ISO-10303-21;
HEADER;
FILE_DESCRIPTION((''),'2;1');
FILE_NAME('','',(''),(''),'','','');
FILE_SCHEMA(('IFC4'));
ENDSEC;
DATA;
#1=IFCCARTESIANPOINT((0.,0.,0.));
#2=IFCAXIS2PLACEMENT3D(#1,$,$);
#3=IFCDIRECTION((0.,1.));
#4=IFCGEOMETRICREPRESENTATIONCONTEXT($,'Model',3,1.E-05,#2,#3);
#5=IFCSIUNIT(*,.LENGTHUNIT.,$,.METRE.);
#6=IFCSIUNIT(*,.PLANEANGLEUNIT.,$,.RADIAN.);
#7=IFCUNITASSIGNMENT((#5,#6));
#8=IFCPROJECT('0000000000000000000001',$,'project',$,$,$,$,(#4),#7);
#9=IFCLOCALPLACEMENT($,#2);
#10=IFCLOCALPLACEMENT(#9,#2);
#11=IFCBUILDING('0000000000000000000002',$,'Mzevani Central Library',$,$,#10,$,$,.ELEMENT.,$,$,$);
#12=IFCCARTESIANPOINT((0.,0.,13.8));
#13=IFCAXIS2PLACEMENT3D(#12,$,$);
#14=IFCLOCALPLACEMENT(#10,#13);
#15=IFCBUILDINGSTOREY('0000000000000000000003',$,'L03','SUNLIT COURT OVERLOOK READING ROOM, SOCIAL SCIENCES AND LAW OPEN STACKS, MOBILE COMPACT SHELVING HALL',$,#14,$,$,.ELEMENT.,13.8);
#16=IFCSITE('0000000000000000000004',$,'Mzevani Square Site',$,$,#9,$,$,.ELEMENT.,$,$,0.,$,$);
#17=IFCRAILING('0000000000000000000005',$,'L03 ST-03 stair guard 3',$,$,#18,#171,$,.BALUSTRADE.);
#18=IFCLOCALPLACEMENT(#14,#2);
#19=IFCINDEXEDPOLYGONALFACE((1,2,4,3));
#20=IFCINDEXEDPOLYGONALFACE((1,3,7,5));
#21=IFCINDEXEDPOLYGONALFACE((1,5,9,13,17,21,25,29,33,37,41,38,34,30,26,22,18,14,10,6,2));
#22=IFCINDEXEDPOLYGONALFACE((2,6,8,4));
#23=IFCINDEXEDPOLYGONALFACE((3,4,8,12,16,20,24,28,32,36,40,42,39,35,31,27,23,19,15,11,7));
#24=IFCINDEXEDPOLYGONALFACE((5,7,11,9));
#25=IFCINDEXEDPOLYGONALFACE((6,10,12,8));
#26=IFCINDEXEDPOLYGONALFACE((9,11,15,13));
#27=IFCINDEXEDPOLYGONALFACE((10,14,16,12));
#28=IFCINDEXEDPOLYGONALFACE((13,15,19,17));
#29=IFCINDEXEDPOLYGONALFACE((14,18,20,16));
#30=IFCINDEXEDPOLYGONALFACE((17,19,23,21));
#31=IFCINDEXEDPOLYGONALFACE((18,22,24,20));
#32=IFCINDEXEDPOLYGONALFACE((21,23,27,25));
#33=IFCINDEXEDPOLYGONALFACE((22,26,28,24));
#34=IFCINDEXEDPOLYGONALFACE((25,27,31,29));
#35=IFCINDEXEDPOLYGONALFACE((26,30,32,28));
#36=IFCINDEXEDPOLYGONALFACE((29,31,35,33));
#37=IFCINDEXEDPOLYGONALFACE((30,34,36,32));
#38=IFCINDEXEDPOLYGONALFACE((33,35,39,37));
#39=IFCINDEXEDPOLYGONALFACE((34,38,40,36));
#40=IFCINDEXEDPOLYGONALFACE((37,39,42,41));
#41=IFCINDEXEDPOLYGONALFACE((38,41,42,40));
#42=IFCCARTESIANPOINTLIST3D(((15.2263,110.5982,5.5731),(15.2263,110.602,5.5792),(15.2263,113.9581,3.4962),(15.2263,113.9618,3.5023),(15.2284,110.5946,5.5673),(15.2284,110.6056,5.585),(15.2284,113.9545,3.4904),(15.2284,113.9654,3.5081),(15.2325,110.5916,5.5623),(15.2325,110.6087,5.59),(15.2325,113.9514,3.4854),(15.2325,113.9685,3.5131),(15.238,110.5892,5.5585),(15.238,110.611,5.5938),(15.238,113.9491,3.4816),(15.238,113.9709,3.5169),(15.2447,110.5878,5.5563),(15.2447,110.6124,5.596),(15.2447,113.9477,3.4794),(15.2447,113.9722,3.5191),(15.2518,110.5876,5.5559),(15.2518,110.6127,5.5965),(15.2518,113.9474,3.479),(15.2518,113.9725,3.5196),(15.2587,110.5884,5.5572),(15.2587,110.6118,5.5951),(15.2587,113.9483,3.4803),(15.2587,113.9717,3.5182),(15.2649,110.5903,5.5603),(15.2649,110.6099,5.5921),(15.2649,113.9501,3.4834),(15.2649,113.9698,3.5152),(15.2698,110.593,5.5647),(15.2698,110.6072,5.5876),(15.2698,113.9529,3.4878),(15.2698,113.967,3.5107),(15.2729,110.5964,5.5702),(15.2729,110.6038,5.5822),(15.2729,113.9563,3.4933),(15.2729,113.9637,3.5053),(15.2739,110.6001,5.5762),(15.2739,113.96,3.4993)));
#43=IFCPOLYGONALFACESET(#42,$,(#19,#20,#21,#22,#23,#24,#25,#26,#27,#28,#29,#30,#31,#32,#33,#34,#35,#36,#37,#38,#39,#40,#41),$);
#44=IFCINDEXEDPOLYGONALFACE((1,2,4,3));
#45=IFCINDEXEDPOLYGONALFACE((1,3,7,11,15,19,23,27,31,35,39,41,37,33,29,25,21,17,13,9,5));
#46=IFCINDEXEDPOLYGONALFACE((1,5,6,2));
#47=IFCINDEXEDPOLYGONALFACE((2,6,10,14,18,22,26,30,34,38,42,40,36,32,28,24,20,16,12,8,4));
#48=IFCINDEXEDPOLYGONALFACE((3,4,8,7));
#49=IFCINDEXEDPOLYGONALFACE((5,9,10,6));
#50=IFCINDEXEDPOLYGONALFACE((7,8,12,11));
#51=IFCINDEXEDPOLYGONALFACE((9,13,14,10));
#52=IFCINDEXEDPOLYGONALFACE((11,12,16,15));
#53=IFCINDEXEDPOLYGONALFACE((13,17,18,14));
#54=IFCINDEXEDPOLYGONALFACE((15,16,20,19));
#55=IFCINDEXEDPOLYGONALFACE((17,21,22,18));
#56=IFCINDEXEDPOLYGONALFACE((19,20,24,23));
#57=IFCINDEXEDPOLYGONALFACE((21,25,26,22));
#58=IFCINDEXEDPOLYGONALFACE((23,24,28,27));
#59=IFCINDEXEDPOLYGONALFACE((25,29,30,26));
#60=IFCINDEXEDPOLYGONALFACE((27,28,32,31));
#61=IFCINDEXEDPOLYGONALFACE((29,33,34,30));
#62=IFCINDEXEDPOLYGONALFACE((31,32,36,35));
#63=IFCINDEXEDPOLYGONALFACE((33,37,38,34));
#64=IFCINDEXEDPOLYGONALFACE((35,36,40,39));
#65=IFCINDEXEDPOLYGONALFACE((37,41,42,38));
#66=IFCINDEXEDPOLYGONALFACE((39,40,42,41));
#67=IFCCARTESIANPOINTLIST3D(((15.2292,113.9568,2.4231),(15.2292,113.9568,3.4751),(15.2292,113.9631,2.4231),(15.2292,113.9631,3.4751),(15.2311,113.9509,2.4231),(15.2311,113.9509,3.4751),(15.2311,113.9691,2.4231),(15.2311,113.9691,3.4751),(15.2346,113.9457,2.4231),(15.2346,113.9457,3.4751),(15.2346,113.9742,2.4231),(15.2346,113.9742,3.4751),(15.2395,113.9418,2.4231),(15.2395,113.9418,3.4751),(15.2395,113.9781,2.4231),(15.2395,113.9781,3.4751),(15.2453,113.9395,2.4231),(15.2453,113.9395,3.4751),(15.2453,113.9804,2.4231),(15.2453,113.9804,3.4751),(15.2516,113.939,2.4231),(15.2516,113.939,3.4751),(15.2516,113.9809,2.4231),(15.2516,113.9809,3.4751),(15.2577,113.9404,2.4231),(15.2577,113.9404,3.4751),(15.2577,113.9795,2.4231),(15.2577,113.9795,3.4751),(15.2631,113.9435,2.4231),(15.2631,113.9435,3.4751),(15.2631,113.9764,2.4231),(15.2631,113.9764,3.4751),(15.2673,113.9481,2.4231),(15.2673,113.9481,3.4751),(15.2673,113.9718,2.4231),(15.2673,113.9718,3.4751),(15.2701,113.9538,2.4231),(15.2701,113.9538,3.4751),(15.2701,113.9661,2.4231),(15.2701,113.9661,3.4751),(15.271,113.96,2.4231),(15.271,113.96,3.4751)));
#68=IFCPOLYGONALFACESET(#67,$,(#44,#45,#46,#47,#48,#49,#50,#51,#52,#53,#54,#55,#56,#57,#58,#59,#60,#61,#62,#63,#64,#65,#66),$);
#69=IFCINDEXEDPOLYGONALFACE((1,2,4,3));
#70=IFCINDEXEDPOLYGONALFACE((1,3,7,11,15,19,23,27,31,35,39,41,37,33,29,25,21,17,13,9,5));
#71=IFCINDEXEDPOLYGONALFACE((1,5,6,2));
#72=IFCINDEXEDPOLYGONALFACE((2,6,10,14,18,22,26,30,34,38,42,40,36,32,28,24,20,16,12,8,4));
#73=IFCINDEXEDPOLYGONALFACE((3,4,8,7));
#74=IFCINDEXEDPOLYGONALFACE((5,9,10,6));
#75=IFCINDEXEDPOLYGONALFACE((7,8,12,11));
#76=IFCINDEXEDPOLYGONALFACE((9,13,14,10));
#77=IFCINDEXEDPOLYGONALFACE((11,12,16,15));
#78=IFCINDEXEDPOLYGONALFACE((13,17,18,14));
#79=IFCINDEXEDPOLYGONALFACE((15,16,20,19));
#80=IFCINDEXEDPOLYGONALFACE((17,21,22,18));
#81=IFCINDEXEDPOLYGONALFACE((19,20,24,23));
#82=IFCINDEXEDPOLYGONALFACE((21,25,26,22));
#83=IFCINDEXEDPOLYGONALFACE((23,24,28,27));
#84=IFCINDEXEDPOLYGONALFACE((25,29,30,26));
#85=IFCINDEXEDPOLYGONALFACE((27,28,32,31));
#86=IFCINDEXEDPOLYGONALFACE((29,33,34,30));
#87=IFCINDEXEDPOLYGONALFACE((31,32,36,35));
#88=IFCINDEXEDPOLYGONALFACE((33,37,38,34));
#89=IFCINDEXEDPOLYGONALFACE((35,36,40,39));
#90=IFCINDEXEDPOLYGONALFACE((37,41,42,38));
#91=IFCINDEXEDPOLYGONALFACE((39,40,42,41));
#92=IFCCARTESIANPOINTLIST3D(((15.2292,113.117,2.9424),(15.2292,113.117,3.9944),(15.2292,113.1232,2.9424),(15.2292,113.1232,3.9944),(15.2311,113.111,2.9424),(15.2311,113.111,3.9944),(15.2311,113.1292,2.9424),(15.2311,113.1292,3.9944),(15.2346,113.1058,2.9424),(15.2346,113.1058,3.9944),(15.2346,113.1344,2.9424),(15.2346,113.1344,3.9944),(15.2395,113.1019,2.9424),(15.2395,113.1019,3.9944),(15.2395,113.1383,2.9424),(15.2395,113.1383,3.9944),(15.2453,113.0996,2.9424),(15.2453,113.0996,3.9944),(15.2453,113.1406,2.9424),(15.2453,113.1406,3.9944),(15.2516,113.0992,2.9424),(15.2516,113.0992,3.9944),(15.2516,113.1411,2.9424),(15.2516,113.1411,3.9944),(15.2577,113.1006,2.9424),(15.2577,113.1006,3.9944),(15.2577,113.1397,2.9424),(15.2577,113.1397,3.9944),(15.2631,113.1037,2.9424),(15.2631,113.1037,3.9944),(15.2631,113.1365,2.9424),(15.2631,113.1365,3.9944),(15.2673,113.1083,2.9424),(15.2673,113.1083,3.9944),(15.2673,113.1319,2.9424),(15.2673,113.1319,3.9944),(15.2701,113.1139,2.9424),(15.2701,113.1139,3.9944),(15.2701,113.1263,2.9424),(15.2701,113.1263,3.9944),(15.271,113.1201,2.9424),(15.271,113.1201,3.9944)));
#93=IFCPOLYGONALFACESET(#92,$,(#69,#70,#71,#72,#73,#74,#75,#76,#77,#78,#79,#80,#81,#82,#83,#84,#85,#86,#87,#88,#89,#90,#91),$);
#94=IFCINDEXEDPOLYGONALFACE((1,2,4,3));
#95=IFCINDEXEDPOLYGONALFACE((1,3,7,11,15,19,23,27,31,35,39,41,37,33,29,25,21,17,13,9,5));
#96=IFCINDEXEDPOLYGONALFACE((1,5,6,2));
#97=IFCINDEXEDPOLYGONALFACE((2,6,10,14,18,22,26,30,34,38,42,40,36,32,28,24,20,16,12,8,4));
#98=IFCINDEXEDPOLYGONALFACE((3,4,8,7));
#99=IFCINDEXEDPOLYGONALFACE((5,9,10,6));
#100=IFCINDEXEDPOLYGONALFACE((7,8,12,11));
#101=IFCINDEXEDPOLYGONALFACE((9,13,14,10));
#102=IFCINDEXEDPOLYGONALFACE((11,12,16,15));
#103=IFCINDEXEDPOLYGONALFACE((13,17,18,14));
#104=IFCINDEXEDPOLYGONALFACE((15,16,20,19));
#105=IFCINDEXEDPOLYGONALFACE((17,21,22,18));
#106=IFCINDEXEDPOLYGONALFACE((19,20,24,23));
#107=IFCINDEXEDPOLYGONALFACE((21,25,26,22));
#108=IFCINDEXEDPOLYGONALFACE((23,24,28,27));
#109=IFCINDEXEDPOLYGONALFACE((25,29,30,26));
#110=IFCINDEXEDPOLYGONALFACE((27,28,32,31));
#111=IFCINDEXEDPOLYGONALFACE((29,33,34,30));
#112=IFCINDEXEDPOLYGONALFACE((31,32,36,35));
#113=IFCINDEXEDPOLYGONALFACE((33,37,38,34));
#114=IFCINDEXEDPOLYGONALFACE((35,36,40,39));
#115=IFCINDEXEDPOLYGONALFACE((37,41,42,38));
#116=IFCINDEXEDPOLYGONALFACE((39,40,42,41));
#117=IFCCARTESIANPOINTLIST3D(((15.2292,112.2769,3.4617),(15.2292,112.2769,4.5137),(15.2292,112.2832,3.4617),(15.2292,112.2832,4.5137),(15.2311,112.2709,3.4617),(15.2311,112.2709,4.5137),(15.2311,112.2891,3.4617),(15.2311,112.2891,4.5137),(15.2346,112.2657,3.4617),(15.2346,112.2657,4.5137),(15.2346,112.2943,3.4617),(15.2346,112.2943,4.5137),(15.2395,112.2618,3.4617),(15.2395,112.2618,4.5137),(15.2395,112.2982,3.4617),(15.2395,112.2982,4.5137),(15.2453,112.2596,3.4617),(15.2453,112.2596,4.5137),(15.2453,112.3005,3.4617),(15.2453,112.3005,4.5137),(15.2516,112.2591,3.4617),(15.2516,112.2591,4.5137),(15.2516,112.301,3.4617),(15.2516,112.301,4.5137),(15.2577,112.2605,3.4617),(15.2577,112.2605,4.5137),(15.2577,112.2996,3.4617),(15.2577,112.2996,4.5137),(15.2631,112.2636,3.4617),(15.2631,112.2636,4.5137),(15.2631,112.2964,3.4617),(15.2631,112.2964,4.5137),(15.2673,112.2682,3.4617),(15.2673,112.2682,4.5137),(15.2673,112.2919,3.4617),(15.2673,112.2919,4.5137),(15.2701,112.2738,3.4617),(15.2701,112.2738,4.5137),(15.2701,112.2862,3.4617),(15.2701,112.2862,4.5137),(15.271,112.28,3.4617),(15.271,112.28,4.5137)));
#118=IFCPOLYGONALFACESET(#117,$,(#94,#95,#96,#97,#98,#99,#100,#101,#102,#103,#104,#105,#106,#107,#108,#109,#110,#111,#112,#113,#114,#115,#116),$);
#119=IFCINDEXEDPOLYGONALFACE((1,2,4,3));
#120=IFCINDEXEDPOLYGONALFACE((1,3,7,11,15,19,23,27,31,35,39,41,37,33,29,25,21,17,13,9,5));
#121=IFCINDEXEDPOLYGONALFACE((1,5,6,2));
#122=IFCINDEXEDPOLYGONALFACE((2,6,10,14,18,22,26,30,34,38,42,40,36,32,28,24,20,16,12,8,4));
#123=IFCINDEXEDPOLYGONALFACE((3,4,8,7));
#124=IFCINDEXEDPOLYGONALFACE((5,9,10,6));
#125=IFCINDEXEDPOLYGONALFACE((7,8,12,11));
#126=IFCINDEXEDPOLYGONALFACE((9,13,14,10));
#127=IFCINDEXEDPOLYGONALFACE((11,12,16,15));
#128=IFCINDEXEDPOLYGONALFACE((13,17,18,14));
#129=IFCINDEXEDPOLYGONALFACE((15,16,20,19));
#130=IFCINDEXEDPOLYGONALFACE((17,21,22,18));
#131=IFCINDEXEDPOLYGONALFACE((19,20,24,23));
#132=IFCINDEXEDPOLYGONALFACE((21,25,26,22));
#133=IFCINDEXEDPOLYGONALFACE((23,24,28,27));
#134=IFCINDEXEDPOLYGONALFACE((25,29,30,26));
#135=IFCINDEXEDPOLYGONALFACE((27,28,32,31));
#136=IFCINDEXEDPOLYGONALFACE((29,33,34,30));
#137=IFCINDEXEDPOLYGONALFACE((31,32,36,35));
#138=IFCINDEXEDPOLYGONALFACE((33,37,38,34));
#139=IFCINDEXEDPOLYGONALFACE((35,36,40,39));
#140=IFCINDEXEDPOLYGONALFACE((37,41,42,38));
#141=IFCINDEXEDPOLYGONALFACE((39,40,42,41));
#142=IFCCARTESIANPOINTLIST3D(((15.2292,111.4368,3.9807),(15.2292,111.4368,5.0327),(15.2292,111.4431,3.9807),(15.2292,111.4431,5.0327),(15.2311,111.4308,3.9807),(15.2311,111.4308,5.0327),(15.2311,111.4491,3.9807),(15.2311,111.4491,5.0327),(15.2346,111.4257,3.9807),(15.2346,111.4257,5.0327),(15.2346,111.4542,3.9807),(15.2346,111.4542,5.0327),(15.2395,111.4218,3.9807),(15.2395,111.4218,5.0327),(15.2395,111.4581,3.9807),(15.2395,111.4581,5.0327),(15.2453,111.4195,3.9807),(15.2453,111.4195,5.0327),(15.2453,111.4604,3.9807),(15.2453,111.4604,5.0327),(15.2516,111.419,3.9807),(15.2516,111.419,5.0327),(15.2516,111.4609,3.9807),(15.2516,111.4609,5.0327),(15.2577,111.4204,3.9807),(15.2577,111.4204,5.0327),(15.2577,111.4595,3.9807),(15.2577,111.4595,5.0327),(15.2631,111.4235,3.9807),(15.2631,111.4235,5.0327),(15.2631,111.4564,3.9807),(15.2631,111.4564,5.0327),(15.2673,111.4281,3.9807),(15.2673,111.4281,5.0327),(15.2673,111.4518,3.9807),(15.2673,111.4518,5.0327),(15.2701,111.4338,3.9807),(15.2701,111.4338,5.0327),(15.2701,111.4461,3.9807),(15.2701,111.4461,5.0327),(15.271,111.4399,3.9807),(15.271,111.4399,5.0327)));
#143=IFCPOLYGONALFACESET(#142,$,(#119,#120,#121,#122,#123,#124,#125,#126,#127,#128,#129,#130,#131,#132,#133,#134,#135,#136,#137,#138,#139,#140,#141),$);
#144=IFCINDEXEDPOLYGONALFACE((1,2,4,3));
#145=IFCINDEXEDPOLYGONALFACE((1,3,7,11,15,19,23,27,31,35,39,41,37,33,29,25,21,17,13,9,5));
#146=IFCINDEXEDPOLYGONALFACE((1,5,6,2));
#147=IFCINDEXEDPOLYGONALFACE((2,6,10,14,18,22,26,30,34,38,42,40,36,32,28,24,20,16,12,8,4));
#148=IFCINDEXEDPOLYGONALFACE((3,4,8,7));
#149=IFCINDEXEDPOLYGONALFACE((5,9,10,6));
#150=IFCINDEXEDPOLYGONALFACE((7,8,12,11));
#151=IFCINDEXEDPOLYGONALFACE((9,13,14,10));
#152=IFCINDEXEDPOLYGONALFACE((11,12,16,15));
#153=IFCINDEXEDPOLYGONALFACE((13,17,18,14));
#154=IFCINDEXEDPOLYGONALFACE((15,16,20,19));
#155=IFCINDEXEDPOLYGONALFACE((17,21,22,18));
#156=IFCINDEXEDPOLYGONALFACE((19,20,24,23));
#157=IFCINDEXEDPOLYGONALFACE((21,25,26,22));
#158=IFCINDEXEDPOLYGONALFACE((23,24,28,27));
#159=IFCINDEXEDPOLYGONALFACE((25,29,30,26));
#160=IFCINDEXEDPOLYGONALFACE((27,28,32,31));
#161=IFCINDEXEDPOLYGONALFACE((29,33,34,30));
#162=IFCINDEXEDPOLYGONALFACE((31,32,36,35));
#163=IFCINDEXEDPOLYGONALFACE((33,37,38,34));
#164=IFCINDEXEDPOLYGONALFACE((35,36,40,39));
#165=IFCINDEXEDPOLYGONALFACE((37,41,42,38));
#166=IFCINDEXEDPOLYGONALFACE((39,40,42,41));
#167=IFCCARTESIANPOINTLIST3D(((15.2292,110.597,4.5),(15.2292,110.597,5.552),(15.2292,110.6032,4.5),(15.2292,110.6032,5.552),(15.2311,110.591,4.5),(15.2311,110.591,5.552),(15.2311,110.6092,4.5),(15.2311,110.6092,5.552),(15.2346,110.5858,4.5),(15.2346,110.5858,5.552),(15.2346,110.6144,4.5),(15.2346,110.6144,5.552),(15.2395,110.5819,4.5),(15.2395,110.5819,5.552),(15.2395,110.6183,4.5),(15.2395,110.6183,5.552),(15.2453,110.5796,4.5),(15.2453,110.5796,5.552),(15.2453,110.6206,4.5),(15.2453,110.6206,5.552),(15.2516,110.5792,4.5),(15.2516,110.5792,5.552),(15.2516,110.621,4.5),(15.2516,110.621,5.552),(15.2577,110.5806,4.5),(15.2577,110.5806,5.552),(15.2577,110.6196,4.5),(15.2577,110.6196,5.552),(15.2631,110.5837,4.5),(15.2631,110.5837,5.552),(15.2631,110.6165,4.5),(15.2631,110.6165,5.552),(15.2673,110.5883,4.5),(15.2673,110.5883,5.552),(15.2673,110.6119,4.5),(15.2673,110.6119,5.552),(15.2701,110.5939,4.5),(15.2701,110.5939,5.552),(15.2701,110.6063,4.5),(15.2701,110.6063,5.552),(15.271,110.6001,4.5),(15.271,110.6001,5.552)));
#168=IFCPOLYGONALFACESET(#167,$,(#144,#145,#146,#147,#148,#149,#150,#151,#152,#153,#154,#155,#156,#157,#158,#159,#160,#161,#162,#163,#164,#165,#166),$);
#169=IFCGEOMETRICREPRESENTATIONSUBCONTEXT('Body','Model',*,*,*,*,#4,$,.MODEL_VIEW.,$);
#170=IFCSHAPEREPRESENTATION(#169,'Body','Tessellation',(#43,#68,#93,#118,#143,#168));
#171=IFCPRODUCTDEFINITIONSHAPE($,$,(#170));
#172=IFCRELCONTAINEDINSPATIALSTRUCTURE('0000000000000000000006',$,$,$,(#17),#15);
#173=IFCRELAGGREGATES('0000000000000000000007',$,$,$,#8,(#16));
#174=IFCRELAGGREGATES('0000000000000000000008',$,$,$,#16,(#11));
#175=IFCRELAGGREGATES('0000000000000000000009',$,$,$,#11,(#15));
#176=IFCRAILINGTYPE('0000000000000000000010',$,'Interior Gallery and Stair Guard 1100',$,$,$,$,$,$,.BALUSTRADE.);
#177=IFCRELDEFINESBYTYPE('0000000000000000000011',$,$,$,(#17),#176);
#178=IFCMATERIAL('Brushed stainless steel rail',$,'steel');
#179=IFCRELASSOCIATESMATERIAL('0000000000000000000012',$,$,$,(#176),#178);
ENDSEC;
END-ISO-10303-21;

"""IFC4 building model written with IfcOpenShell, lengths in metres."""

from ifc_helpers import new_model, si_unit, direction, frame, origin, origin_2d, place, context, subcontext, project, spatial, circle, extrude, material, type_object, element, save


model = new_model("IFC4")

# Units and contexts
model_context = context("Model", 3, precision=1e-05, world=origin(), true_north=direction((0.0, 1.0)))
body_context = subcontext(model_context, "Body", "Model", "MODEL_VIEW")
ifc_project = project(units=[si_unit("LENGTHUNIT", "METRE"), si_unit("PLANEANGLEUNIT", "RADIAN")], contexts=[model_context])

# Site, building, storey
site_placement = place(None, origin())
site = spatial("IfcSite", under=ifc_project, at=site_placement, Name="Mzevani Square Site", CompositionType="ELEMENT", RefElevation=0.0)
building_placement = place(site_placement, origin())
building = spatial("IfcBuilding", under=site, at=building_placement, Name="Mzevani Central Library", CompositionType="ELEMENT")
storey_placement = place(building_placement, frame((0.0, 0.0, 13.8)))
storey = spatial("IfcBuildingStorey", under=building, at=storey_placement, Name="L03", Description="SUNLIT COURT OVERLOOK READING ROOM, SOCIAL SCIENCES AND LAW OPEN STACKS, MOBILE COMPACT SHELVING HALL", CompositionType="ELEMENT", Elevation=13.8)

# Railing
ifc_material_1 = material(Name="Brushed stainless steel rail", Category="steel")
railing_type_1 = type_object("IfcRailingType", Name="Interior Gallery and Stair Guard 1100", PredefinedType="BALUSTRADE", material=ifc_material_1)
railing_1_placement = place(storey_placement, frame((15.25, 113.96, 2.4231)))
element("IfcRailing", 1, at=railing_1_placement, inside=storey, type_object=railing_type_1, Name="L03 ST-03 stair guard 3", PredefinedType="BALUSTRADE", context=body_context, shape_type="SweptSolid", body=[
    extrude(circle(Radius=0.0239, at=origin_2d()), frame((0.0, 0.0, 1.0762), z_axis=(0.0, -0.850606, 0.525803), x_axis=(1.0, 0.0, 0.0)), (0.0, 0.0, 1.0), 3.95),
    extrude(circle(Radius=0.021, at=origin_2d()), origin(), (0.0, 0.0, 1.0), 1.052),
    extrude(circle(Radius=0.021, at=origin_2d()), frame((0.0, -0.8398, 0.5193)), (0.0, 0.0, 1.0), 1.052),
    extrude(circle(Radius=0.021, at=origin_2d()), frame((0.0, -1.6799, 1.0386)), (0.0, 0.0, 1.0), 1.052),
    extrude(circle(Radius=0.021, at=origin_2d()), frame((0.0, -2.52, 1.5576)), (0.0, 0.0, 1.0), 1.052),
    extrude(circle(Radius=0.021, at=origin_2d()), frame((0.0, -3.3599, 2.0769)), (0.0, 0.0, 1.0), 1.052),
])

save(model, "model.ifc")
